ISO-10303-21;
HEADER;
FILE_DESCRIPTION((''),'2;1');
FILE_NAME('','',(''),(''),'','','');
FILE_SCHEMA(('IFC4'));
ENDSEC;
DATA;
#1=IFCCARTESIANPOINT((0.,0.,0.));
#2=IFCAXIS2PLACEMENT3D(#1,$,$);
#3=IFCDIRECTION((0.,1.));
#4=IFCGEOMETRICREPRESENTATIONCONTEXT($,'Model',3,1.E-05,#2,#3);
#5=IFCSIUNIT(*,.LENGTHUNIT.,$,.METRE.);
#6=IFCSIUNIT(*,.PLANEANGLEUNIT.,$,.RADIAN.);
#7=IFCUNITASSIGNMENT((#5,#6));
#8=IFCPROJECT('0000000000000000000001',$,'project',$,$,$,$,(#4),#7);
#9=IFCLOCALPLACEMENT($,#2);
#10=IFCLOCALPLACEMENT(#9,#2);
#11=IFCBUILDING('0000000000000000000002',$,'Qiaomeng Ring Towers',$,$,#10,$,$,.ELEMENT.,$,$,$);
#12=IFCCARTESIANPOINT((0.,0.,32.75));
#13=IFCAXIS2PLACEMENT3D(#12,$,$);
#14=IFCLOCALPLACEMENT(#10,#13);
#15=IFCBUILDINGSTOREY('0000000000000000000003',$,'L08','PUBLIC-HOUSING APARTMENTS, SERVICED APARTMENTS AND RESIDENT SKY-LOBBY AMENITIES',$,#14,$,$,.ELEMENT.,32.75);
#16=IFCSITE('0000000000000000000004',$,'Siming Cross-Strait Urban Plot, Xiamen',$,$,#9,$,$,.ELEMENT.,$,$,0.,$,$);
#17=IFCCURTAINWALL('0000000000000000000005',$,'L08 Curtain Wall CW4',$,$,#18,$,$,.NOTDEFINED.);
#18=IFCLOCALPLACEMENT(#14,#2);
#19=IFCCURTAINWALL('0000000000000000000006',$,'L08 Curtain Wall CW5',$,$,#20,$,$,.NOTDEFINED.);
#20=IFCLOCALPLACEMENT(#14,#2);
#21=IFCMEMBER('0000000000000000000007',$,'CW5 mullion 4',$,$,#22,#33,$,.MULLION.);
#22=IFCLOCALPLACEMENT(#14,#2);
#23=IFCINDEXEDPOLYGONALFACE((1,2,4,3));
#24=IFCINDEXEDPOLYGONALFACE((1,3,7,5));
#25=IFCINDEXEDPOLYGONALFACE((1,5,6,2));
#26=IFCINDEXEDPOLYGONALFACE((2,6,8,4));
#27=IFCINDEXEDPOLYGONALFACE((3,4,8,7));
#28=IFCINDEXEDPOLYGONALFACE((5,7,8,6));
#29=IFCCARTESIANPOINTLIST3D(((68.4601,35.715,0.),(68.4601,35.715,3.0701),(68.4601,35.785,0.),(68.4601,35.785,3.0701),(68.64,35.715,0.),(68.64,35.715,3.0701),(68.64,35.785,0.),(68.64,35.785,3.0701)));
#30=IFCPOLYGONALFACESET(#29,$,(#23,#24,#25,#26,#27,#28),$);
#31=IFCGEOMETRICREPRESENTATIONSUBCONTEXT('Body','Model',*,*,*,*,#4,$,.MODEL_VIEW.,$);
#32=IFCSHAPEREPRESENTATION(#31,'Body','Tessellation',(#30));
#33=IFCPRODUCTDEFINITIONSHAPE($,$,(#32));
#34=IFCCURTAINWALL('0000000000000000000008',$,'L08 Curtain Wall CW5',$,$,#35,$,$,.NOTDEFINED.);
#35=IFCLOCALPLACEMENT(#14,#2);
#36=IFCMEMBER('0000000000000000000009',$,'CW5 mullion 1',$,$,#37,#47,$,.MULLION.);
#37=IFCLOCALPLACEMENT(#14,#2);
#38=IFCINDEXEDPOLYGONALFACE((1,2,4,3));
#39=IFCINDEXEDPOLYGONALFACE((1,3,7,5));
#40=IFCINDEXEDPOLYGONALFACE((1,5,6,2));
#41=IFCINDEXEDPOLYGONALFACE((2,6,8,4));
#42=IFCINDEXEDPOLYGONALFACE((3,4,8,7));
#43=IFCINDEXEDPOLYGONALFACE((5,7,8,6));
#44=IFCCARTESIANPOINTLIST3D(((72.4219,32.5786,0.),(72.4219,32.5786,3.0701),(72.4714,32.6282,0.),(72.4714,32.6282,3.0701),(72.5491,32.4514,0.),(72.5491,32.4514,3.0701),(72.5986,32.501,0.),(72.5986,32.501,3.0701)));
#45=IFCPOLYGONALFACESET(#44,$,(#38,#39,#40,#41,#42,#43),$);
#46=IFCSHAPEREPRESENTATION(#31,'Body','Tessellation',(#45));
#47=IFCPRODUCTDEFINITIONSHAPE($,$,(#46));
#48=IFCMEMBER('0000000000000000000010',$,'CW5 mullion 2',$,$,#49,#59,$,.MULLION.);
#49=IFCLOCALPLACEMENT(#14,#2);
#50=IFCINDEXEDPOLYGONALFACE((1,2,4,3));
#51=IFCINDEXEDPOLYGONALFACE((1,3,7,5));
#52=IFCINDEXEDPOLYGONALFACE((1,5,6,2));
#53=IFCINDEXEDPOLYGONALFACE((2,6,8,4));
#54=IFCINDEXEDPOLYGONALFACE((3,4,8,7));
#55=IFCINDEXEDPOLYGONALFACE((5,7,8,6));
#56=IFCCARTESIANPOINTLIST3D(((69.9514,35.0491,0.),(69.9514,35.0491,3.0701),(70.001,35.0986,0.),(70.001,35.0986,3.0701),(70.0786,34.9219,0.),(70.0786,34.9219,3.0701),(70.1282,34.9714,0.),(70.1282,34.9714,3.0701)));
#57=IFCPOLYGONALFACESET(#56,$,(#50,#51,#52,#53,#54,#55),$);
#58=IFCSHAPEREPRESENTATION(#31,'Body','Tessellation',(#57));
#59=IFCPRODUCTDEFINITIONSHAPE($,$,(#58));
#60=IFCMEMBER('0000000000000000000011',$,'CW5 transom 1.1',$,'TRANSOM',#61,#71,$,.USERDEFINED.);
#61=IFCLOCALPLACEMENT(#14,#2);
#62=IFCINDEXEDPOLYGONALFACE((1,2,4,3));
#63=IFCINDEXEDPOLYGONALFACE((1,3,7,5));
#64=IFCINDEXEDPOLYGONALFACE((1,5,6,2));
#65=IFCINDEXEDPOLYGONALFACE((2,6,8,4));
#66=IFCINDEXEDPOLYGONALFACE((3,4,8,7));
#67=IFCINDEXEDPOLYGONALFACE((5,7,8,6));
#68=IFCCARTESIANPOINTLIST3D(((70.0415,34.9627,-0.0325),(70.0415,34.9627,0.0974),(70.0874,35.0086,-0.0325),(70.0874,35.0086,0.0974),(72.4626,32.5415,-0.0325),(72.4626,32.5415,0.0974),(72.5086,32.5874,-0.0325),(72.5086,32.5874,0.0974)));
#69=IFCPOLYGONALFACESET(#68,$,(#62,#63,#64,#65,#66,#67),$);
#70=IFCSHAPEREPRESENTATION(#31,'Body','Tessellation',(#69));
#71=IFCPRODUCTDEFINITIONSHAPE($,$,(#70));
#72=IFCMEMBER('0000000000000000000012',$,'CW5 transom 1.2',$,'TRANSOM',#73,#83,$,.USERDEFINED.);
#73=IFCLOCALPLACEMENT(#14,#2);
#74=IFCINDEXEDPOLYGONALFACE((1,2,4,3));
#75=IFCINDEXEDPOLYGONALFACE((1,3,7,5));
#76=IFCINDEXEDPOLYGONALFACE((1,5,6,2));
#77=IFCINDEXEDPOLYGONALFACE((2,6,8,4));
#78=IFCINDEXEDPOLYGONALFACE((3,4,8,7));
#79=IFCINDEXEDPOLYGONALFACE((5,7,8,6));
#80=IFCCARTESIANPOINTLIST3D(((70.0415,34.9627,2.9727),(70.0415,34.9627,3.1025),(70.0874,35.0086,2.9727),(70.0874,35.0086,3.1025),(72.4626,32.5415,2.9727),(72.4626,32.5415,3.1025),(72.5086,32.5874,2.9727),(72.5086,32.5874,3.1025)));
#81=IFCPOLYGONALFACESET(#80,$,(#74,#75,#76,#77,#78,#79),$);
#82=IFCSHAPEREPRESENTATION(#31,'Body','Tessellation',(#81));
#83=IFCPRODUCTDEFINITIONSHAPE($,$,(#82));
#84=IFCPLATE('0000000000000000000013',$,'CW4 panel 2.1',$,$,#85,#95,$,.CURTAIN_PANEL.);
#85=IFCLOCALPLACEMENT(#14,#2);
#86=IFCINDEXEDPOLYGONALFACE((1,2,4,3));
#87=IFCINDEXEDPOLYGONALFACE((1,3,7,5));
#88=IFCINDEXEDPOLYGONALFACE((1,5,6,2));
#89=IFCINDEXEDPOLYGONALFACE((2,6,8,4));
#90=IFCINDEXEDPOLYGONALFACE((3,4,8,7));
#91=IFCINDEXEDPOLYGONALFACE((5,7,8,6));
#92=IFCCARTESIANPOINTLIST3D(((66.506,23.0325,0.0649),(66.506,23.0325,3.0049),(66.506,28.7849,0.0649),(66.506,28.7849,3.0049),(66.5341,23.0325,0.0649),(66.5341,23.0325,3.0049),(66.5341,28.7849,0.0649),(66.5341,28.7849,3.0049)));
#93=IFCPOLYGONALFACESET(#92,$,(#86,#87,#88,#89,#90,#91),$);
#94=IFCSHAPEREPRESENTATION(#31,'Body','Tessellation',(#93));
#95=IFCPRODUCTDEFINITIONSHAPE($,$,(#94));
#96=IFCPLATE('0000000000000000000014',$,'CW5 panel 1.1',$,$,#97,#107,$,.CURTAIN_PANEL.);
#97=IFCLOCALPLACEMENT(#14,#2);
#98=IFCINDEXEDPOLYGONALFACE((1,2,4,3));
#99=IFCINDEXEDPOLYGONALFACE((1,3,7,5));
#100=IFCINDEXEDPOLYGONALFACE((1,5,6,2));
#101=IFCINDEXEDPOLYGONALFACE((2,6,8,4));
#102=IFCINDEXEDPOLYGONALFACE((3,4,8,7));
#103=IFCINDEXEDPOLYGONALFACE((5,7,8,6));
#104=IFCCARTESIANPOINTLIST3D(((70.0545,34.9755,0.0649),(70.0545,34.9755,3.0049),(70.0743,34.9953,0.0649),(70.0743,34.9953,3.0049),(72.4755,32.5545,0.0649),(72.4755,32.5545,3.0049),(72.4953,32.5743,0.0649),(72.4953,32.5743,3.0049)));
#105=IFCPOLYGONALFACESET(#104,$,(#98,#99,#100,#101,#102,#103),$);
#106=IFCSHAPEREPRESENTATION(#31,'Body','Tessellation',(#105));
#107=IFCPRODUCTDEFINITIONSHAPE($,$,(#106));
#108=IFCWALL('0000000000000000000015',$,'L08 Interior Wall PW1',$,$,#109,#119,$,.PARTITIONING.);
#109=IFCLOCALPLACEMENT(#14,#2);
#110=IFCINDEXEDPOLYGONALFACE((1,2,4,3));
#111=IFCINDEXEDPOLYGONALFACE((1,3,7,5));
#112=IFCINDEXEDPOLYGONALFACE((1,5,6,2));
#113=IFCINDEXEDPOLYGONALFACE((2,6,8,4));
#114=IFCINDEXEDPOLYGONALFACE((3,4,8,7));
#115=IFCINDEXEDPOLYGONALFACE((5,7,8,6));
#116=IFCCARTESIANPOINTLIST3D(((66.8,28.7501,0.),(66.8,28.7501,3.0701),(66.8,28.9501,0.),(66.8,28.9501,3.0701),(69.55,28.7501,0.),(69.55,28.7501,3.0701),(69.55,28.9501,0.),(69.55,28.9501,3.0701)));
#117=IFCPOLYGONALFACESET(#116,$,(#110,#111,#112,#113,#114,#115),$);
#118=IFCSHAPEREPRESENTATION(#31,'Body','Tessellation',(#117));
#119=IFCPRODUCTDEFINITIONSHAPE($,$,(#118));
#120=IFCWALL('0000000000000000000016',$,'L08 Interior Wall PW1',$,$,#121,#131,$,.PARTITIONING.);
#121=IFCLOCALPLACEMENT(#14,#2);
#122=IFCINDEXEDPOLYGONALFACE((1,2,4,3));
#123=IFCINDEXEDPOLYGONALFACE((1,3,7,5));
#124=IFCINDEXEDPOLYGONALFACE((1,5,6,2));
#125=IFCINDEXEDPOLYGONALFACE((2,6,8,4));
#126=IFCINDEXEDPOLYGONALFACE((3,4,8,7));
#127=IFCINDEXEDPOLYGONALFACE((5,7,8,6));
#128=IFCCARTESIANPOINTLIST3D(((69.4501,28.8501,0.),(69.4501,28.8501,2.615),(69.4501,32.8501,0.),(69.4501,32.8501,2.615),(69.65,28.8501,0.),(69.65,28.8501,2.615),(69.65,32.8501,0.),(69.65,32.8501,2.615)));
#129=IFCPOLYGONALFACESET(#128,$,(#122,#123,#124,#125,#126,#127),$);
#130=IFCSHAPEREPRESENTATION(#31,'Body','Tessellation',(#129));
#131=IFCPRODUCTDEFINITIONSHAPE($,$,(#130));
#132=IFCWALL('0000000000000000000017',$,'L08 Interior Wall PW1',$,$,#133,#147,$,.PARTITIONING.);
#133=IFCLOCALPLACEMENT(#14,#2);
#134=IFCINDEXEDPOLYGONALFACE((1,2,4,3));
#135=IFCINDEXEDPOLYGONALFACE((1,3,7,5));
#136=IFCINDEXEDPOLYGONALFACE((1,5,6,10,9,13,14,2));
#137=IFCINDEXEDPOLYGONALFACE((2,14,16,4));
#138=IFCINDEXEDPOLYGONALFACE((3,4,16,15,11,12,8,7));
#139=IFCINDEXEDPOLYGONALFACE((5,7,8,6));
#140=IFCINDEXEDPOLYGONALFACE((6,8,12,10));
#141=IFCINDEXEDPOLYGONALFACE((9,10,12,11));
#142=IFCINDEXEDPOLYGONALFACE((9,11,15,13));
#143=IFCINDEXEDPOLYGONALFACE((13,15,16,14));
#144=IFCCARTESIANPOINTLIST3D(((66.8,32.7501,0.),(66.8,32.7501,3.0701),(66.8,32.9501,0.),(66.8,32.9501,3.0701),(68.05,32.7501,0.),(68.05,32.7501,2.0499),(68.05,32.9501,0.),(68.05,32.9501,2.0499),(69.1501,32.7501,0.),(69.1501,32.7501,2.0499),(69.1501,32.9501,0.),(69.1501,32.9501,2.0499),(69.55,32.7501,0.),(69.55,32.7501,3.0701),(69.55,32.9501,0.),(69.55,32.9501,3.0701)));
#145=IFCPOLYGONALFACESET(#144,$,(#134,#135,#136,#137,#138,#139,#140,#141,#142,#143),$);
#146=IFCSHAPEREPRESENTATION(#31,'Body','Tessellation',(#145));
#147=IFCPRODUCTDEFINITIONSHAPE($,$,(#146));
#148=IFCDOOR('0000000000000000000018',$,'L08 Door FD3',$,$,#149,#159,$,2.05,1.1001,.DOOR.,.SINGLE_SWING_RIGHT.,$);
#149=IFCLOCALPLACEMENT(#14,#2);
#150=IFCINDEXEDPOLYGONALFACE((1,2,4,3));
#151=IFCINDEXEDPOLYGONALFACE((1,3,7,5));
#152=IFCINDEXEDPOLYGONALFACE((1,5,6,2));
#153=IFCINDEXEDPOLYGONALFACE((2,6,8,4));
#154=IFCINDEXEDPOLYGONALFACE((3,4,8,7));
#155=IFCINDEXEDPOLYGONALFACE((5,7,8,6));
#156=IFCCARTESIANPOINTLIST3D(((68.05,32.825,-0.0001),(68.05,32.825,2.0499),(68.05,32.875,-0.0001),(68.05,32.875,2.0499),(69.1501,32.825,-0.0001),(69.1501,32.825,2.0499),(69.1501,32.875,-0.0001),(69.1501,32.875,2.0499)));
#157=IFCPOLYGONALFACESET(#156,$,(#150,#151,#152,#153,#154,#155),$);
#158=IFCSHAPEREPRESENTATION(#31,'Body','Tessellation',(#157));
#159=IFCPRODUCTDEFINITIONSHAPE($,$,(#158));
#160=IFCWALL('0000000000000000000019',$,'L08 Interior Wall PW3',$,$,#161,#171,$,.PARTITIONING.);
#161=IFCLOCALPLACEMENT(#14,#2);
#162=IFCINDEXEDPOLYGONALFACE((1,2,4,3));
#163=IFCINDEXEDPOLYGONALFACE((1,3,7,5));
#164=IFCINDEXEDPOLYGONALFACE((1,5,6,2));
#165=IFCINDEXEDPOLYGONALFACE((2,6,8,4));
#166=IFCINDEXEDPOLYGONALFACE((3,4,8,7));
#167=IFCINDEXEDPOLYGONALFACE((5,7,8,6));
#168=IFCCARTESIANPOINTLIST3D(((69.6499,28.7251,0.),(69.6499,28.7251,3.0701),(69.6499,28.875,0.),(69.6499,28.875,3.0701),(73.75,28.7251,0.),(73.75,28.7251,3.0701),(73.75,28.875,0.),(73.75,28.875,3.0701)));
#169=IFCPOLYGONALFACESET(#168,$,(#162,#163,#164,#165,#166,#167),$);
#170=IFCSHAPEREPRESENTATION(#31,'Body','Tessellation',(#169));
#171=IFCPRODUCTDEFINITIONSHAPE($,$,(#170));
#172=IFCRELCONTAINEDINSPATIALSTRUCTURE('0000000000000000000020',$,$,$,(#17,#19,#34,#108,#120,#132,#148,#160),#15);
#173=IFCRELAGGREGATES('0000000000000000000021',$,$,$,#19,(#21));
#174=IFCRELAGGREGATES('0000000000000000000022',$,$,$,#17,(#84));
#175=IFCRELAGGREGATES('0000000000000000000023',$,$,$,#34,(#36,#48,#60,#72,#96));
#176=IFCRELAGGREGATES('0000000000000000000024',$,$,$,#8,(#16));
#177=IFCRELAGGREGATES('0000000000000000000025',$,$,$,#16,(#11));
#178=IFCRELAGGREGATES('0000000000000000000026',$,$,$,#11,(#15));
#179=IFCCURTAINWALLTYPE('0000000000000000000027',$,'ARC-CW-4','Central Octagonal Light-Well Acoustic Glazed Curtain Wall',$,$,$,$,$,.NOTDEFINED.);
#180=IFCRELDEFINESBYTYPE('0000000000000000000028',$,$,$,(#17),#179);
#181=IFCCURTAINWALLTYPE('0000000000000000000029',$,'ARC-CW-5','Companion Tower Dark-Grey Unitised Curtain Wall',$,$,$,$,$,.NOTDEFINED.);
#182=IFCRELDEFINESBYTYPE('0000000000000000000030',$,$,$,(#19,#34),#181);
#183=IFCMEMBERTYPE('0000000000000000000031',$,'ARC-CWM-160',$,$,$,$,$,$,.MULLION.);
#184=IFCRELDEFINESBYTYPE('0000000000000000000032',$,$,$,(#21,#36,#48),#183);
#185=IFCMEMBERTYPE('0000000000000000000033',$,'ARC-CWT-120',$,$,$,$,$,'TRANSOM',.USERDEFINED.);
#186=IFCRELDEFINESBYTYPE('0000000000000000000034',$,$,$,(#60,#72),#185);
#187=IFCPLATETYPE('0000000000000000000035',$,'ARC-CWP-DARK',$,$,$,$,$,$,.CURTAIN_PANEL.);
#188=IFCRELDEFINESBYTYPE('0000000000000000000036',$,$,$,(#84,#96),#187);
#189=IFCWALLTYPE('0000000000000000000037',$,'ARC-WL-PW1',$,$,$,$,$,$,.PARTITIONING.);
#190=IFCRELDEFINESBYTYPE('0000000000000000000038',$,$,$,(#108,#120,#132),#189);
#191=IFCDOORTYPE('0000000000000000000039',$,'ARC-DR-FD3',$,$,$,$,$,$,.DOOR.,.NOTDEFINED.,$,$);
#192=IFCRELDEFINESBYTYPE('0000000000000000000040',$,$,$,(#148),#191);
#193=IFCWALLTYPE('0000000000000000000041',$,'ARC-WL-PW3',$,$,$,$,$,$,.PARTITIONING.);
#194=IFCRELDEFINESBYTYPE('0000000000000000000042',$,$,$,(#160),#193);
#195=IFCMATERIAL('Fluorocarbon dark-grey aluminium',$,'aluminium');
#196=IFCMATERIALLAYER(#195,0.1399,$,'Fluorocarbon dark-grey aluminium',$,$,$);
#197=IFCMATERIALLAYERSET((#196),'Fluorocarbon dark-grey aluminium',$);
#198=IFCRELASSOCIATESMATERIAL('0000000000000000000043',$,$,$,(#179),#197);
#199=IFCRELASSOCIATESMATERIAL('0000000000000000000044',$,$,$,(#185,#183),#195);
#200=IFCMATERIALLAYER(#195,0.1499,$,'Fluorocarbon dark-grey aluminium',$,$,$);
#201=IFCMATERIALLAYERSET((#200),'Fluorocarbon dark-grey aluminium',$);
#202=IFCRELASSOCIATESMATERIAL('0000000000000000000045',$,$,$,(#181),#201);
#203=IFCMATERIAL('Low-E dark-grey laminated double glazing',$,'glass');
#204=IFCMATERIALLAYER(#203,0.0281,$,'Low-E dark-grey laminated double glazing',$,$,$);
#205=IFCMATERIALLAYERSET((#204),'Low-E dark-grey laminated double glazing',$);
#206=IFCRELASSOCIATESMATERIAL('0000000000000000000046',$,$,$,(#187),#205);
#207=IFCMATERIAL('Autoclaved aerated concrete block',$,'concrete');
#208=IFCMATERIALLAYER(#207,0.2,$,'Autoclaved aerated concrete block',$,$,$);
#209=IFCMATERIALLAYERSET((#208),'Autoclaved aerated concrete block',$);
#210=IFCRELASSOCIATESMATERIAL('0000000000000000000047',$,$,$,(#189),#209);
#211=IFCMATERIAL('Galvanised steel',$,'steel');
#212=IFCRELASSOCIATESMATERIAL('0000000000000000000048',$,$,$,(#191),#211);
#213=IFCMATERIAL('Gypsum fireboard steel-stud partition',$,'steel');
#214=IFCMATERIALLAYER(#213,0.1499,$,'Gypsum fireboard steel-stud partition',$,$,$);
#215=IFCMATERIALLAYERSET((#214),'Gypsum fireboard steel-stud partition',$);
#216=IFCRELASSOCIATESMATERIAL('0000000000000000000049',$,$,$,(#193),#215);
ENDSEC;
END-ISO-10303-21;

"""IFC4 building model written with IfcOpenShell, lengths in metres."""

from ifc_helpers import new_model, si_unit, direction, frame, frame_2d, origin, origin_2d, place, context, subcontext, project, spatial, rectangle, extrude, source, transform, mapped, material, layer, layer_set, material_profile, profile_set, type_object, element, fill, aggregate, save


model = new_model("IFC4")

# Units and contexts
model_context = context("Model", 3, precision=1e-05, world=origin(), true_north=direction((0.0, 1.0)))
body_context = subcontext(model_context, "Body", "Model", "MODEL_VIEW")
ifc_project = project(units=[si_unit("LENGTHUNIT", "METRE"), si_unit("PLANEANGLEUNIT", "RADIAN")], contexts=[model_context])

# Site, building, storey
site_placement = place(None, origin())
site = spatial("IfcSite", under=ifc_project, at=site_placement, Name="Siming Cross-Strait Urban Plot, Xiamen", CompositionType="ELEMENT", RefElevation=0.0)
building_placement = place(site_placement, origin())
building = spatial("IfcBuilding", under=site, at=building_placement, Name="Qiaomeng Ring Towers", CompositionType="ELEMENT")
storey_placement = place(building_placement, frame((0.0, 0.0, 32.75)))
storey = spatial("IfcBuildingStorey", under=building, at=storey_placement, Name="L08", Description="PUBLIC-HOUSING APARTMENTS, SERVICED APARTMENTS AND RESIDENT SKY-LOBBY AMENITIES", CompositionType="ELEMENT", Elevation=32.75)

# Curtain wall
ifc_material_1 = material(Name="Fluorocarbon dark-grey aluminium", Category="aluminium")
ifc_layer_1 = layer(ifc_material_1, 0.1399, Name="Fluorocarbon dark-grey aluminium")
ifc_layer_set_1 = layer_set([ifc_layer_1], Name="Fluorocarbon dark-grey aluminium")
curtain_wall_type_1 = type_object("IfcCurtainWallType", Name="ARC-CW-4", Description="Central Octagonal Light-Well Acoustic Glazed Curtain Wall", PredefinedType="NOTDEFINED", material=ifc_layer_set_1)
curtain_wall_1_placement = place(storey_placement, origin())
curtain_wall_1 = element("IfcCurtainWall", 1, at=curtain_wall_1_placement, inside=storey, type_object=curtain_wall_type_1, Name="L08 Curtain Wall CW4", PredefinedType="NOTDEFINED")
ifc_material_profile_1 = material_profile(ifc_material_1, rectangle(XDim=0.0649, YDim=0.1299, at=origin_2d()), Name="ALU TRAN 65x130")
ifc_profile_set_1 = profile_set([ifc_material_profile_1], Name="Fluorocarbon dark-grey aluminium")
member_type_1 = type_object("IfcMemberType", Name="ARC-CWT-120", ElementType="TRANSOM", PredefinedType="USERDEFINED", material=ifc_profile_set_1)

# Curtain wall, member
ifc_layer_2 = layer(ifc_material_1, 0.1499, Name="Fluorocarbon dark-grey aluminium")
ifc_layer_set_2 = layer_set([ifc_layer_2], Name="Fluorocarbon dark-grey aluminium")
curtain_wall_type_2 = type_object("IfcCurtainWallType", Name="ARC-CW-5", Description="Companion Tower Dark-Grey Unitised Curtain Wall", PredefinedType="NOTDEFINED", material=ifc_layer_set_2)
curtain_wall_2_placement = place(storey_placement, origin())
curtain_wall_2 = element("IfcCurtainWall", 2, at=curtain_wall_2_placement, inside=storey, type_object=curtain_wall_type_2, Name="L08 Curtain Wall CW5", PredefinedType="NOTDEFINED")
ifc_material_profile_2 = material_profile(ifc_material_1, rectangle(XDim=0.0701, YDim=0.1799, at=origin_2d()), Name="ALU MULL 70x180")
ifc_profile_set_2 = profile_set([ifc_material_profile_2], Name="Fluorocarbon dark-grey aluminium")
member_type_2 = type_object("IfcMemberType", Name="ARC-CWM-160", PredefinedType="MULLION", material=ifc_profile_set_2)
shared_shape_1 = source(origin(), body_context, "Body", "SweptSolid", [
    extrude(rectangle(XDim=0.0701, YDim=0.1799, at=origin_2d()), origin(), (0.0, 0.0, 1.0), 3.0701),
])
member_1_placement = place(storey_placement, frame((68.55, 35.75, 0.0), z_axis=(0.0, 0.0, 1.0), x_axis=(0.0, 1.0, 0.0)))
member_1 = element("IfcMember", 3, at=member_1_placement, type_object=member_type_2, Name="CW5 mullion 4", PredefinedType="MULLION", context=body_context, shape_type="MappedRepresentation", body=[
    mapped(shared_shape_1, transform((0.0, 0.0, 0.0), x_axis=(1.0, 0.0, 0.0), y_axis=(0.0, 1.0, 0.0), z_axis=(0.0, 0.0, 1.0), scale=1.0)),
])
aggregate(curtain_wall_2, [member_1])

# Curtain wall, members
curtain_wall_3_placement = place(storey_placement, origin())
curtain_wall_3 = element("IfcCurtainWall", 4, at=curtain_wall_3_placement, inside=storey, type_object=curtain_wall_type_2, Name="L08 Curtain Wall CW5", PredefinedType="NOTDEFINED")
member_2_placement = place(storey_placement, frame((72.5103, 32.5398, 0.0), z_axis=(0.0, 0.0, 1.0), x_axis=(-0.707107, -0.707107, 0.0)))
member_2 = element("IfcMember", 5, at=member_2_placement, type_object=member_type_2, Name="CW5 mullion 1", PredefinedType="MULLION", context=body_context, shape_type="MappedRepresentation", body=[
    mapped(shared_shape_1, transform((0.0, 0.0, 0.0), x_axis=(1.0, 0.0, 0.0), y_axis=(0.0, 1.0, 0.0), z_axis=(0.0, 0.0, 1.0), scale=1.0)),
])
member_3_placement = place(storey_placement, frame((70.0398, 35.0103, 0.0), z_axis=(0.0, 0.0, 1.0), x_axis=(-0.707107, -0.707107, 0.0)))
member_3 = element("IfcMember", 6, at=member_3_placement, type_object=member_type_2, Name="CW5 mullion 2", PredefinedType="MULLION", context=body_context, shape_type="MappedRepresentation", body=[
    mapped(shared_shape_1, transform((0.0, 0.0, 0.0), x_axis=(1.0, 0.0, 0.0), y_axis=(0.0, 1.0, 0.0), z_axis=(0.0, 0.0, 1.0), scale=1.0)),
])
shared_shape_2 = source(origin(), body_context, "Body", "SweptSolid", [
    extrude(rectangle(XDim=0.0649, YDim=0.1299, at=origin_2d()), origin(), (0.0, 0.0, 1.0), 3.4241),
])
member_4_placement = place(storey_placement, frame((72.4856, 32.5645, 0.0325), z_axis=(-0.707107, 0.707107, 0.0), x_axis=(-0.707107, -0.707107, 0.0)))
member_4 = element("IfcMember", 7, at=member_4_placement, type_object=member_type_1, Name="CW5 transom 1.1", ObjectType="TRANSOM", PredefinedType="USERDEFINED", context=body_context, shape_type="MappedRepresentation", body=[
    mapped(shared_shape_2, transform((0.0, 0.0, 0.0), x_axis=(1.0, 0.0, 0.0), y_axis=(0.0, 1.0, 0.0), z_axis=(0.0, 0.0, 1.0), scale=1.0)),
])
member_5_placement = place(storey_placement, frame((72.4856, 32.5645, 3.0376), z_axis=(-0.707107, 0.707107, 0.0), x_axis=(-0.707107, -0.707107, 0.0)))
member_5 = element("IfcMember", 8, at=member_5_placement, type_object=member_type_1, Name="CW5 transom 1.2", ObjectType="TRANSOM", PredefinedType="USERDEFINED", context=body_context, shape_type="MappedRepresentation", body=[
    mapped(shared_shape_2, transform((0.0, 0.0, 0.0), x_axis=(1.0, 0.0, 0.0), y_axis=(0.0, 1.0, 0.0), z_axis=(0.0, 0.0, 1.0), scale=1.0)),
])

# Plates
ifc_material_2 = material(Name="Low-E dark-grey laminated double glazing", Category="glass")
ifc_layer_3 = layer(ifc_material_2, 0.0281, Name="Low-E dark-grey laminated double glazing")
ifc_layer_set_3 = layer_set([ifc_layer_3], Name="Low-E dark-grey laminated double glazing")
plate_type = type_object("IfcPlateType", Name="ARC-CWP-DARK", PredefinedType="CURTAIN_PANEL", material=ifc_layer_set_3)
shared_shape_3 = source(origin(), body_context, "Body", "SweptSolid", [
    extrude(rectangle(XDim=5.7524, YDim=0.0281, at=origin_2d()), origin(), (0.0, 0.0, 1.0), 2.9399),
])
plate_1_placement = place(storey_placement, frame((66.52, 25.9087, 0.0649), z_axis=(0.0, 0.0, 1.0), x_axis=(0.0, 1.0, 0.0)))
plate_1 = element("IfcPlate", 9, at=plate_1_placement, type_object=plate_type, Name="CW4 panel 2.1", PredefinedType="CURTAIN_PANEL", context=body_context, shape_type="MappedRepresentation", body=[
    mapped(shared_shape_3, transform((0.0, 0.0, 0.0), x_axis=(1.0, 0.0, 0.0), y_axis=(0.0, 1.0, 0.0), z_axis=(0.0, 0.0, 1.0), scale=1.0)),
])
aggregate(curtain_wall_1, [plate_1])
shared_shape_4 = source(origin(), body_context, "Body", "SweptSolid", [
    extrude(rectangle(XDim=3.4238, YDim=0.0281, at=origin_2d()), origin(), (0.0, 0.0, 1.0), 2.9399),
])
plate_2_placement = place(storey_placement, frame((71.2749, 33.7749, 0.0649), z_axis=(0.0, 0.0, 1.0), x_axis=(-0.707107, 0.707107, 0.0)))
plate_2 = element("IfcPlate", 10, at=plate_2_placement, type_object=plate_type, Name="CW5 panel 1.1", PredefinedType="CURTAIN_PANEL", context=body_context, shape_type="MappedRepresentation", body=[
    mapped(shared_shape_4, transform((0.0, 0.0, 0.0), x_axis=(1.0, 0.0, 0.0), y_axis=(0.0, 1.0, 0.0), z_axis=(0.0, 0.0, 1.0), scale=1.0)),
])
aggregate(curtain_wall_3, [member_2, member_3, member_4, member_5, plate_2])

# Walls
ifc_material_3 = material(Name="Autoclaved aerated concrete block", Category="concrete")
ifc_layer_4 = layer(ifc_material_3, 0.2, Name="Autoclaved aerated concrete block")
ifc_layer_set_4 = layer_set([ifc_layer_4], Name="Autoclaved aerated concrete block")
wall_type_1 = type_object("IfcWallType", Name="ARC-WL-PW1", PredefinedType="PARTITIONING", material=ifc_layer_set_4)
wall_1_placement = place(storey_placement, frame((66.8, 28.8501, 0.0), z_axis=(0.0, 0.0, 1.0), x_axis=(1.0, 0.0, 0.0)))
element("IfcWall", 11, at=wall_1_placement, inside=storey, type_object=wall_type_1, Name="L08 Interior Wall PW1", PredefinedType="PARTITIONING", context=body_context, shape_type="SweptSolid", body=[
    extrude(rectangle(XDim=2.75, YDim=0.2, at=frame_2d((1.375, 0.0))), origin(), (0.0, 0.0, 1.0), 3.0701),
])
wall_2_placement = place(storey_placement, frame((69.55, 28.8501, 0.0), z_axis=(0.0, 0.0, 1.0), x_axis=(0.0, 1.0, 0.0)))
element("IfcWall", 12, at=wall_2_placement, inside=storey, type_object=wall_type_1, Name="L08 Interior Wall PW1", PredefinedType="PARTITIONING", context=body_context, shape_type="SweptSolid", body=[
    extrude(rectangle(XDim=4.0, YDim=0.2, at=frame_2d((2.0, 0.0))), origin(), (0.0, 0.0, 1.0), 2.615),
])

# Wall, opening, door
wall_3_placement = place(storey_placement, frame((66.8, 32.8501, 0.0), z_axis=(0.0, 0.0, 1.0), x_axis=(1.0, 0.0, 0.0)))
wall_3 = element("IfcWall", 13, at=wall_3_placement, inside=storey, type_object=wall_type_1, Name="L08 Interior Wall PW1", PredefinedType="PARTITIONING", context=body_context, shape_type="SweptSolid", body=[
    extrude(rectangle(XDim=2.75, YDim=0.2, at=frame_2d((1.375, 0.0))), origin(), (0.0, 0.0, 1.0), 3.0701),
])
opening_1_placement = place(wall_3_placement, frame((1.25, 0.0, 0.0)))
opening_1 = element("IfcOpeningElement", 14, at=opening_1_placement, cuts=wall_3, PredefinedType="OPENING", context=body_context, shape_type="SweptSolid", body=[
    extrude(rectangle(XDim=1.1001, YDim=2.05, at=frame_2d((0.55, 1.0249))), frame((0.0, 0.1099, 0.0), z_axis=(0.0, -1.0, 0.0), x_axis=(1.0, 0.0, 0.0)), (0.0, 0.0, 1.0), 0.22),
])
ifc_material_4 = material(Name="Galvanised steel", Category="steel")
door_type_1 = type_object("IfcDoorType", Name="ARC-DR-FD3", OperationType="NOTDEFINED", PredefinedType="DOOR", material=ifc_material_4)
shared_shape_5 = source(origin(), body_context, "Body", "SweptSolid", [
    extrude(rectangle(XDim=1.1001, YDim=2.05, at=frame_2d((0.55, 1.0249))), frame((0.0, 0.0249, 0.0), z_axis=(0.0, -1.0, 0.0), x_axis=(1.0, 0.0, 0.0)), (0.0, 0.0, 1.0), 0.05),
])
door_1_placement = place(opening_1_placement, origin())
door_1 = element("IfcDoor", 15, at=door_1_placement, inside=storey, type_object=door_type_1, Name="L08 Door FD3", OperationType="SINGLE_SWING_RIGHT", OverallHeight=2.05, OverallWidth=1.1001, PredefinedType="DOOR", context=body_context, shape_type="MappedRepresentation", body=[
    mapped(shared_shape_5, transform((0.0, 0.0, 0.0), x_axis=(1.0, 0.0, 0.0), y_axis=(0.0, 1.0, 0.0), z_axis=(0.0, 0.0, 1.0), scale=1.0)),
])
fill(opening_1, door_1)

# Wall
ifc_material_5 = material(Name="Gypsum fireboard steel-stud partition", Category="steel")
ifc_layer_5 = layer(ifc_material_5, 0.1499, Name="Gypsum fireboard steel-stud partition")
ifc_layer_set_5 = layer_set([ifc_layer_5], Name="Gypsum fireboard steel-stud partition")
wall_type_2 = type_object("IfcWallType", Name="ARC-WL-PW3", PredefinedType="PARTITIONING", material=ifc_layer_set_5)
wall_4_placement = place(storey_placement, frame((69.6499, 28.8, 0.0), z_axis=(0.0, 0.0, 1.0), x_axis=(1.0, 0.0, 0.0)))
element("IfcWall", 16, at=wall_4_placement, inside=storey, type_object=wall_type_2, Name="L08 Interior Wall PW3", PredefinedType="PARTITIONING", context=body_context, shape_type="SweptSolid", body=[
    extrude(rectangle(XDim=4.1001, YDim=0.1499, at=frame_2d((2.05, 0.0))), origin(), (0.0, 0.0, 1.0), 3.0701),
])

save(model, "model.ifc")
